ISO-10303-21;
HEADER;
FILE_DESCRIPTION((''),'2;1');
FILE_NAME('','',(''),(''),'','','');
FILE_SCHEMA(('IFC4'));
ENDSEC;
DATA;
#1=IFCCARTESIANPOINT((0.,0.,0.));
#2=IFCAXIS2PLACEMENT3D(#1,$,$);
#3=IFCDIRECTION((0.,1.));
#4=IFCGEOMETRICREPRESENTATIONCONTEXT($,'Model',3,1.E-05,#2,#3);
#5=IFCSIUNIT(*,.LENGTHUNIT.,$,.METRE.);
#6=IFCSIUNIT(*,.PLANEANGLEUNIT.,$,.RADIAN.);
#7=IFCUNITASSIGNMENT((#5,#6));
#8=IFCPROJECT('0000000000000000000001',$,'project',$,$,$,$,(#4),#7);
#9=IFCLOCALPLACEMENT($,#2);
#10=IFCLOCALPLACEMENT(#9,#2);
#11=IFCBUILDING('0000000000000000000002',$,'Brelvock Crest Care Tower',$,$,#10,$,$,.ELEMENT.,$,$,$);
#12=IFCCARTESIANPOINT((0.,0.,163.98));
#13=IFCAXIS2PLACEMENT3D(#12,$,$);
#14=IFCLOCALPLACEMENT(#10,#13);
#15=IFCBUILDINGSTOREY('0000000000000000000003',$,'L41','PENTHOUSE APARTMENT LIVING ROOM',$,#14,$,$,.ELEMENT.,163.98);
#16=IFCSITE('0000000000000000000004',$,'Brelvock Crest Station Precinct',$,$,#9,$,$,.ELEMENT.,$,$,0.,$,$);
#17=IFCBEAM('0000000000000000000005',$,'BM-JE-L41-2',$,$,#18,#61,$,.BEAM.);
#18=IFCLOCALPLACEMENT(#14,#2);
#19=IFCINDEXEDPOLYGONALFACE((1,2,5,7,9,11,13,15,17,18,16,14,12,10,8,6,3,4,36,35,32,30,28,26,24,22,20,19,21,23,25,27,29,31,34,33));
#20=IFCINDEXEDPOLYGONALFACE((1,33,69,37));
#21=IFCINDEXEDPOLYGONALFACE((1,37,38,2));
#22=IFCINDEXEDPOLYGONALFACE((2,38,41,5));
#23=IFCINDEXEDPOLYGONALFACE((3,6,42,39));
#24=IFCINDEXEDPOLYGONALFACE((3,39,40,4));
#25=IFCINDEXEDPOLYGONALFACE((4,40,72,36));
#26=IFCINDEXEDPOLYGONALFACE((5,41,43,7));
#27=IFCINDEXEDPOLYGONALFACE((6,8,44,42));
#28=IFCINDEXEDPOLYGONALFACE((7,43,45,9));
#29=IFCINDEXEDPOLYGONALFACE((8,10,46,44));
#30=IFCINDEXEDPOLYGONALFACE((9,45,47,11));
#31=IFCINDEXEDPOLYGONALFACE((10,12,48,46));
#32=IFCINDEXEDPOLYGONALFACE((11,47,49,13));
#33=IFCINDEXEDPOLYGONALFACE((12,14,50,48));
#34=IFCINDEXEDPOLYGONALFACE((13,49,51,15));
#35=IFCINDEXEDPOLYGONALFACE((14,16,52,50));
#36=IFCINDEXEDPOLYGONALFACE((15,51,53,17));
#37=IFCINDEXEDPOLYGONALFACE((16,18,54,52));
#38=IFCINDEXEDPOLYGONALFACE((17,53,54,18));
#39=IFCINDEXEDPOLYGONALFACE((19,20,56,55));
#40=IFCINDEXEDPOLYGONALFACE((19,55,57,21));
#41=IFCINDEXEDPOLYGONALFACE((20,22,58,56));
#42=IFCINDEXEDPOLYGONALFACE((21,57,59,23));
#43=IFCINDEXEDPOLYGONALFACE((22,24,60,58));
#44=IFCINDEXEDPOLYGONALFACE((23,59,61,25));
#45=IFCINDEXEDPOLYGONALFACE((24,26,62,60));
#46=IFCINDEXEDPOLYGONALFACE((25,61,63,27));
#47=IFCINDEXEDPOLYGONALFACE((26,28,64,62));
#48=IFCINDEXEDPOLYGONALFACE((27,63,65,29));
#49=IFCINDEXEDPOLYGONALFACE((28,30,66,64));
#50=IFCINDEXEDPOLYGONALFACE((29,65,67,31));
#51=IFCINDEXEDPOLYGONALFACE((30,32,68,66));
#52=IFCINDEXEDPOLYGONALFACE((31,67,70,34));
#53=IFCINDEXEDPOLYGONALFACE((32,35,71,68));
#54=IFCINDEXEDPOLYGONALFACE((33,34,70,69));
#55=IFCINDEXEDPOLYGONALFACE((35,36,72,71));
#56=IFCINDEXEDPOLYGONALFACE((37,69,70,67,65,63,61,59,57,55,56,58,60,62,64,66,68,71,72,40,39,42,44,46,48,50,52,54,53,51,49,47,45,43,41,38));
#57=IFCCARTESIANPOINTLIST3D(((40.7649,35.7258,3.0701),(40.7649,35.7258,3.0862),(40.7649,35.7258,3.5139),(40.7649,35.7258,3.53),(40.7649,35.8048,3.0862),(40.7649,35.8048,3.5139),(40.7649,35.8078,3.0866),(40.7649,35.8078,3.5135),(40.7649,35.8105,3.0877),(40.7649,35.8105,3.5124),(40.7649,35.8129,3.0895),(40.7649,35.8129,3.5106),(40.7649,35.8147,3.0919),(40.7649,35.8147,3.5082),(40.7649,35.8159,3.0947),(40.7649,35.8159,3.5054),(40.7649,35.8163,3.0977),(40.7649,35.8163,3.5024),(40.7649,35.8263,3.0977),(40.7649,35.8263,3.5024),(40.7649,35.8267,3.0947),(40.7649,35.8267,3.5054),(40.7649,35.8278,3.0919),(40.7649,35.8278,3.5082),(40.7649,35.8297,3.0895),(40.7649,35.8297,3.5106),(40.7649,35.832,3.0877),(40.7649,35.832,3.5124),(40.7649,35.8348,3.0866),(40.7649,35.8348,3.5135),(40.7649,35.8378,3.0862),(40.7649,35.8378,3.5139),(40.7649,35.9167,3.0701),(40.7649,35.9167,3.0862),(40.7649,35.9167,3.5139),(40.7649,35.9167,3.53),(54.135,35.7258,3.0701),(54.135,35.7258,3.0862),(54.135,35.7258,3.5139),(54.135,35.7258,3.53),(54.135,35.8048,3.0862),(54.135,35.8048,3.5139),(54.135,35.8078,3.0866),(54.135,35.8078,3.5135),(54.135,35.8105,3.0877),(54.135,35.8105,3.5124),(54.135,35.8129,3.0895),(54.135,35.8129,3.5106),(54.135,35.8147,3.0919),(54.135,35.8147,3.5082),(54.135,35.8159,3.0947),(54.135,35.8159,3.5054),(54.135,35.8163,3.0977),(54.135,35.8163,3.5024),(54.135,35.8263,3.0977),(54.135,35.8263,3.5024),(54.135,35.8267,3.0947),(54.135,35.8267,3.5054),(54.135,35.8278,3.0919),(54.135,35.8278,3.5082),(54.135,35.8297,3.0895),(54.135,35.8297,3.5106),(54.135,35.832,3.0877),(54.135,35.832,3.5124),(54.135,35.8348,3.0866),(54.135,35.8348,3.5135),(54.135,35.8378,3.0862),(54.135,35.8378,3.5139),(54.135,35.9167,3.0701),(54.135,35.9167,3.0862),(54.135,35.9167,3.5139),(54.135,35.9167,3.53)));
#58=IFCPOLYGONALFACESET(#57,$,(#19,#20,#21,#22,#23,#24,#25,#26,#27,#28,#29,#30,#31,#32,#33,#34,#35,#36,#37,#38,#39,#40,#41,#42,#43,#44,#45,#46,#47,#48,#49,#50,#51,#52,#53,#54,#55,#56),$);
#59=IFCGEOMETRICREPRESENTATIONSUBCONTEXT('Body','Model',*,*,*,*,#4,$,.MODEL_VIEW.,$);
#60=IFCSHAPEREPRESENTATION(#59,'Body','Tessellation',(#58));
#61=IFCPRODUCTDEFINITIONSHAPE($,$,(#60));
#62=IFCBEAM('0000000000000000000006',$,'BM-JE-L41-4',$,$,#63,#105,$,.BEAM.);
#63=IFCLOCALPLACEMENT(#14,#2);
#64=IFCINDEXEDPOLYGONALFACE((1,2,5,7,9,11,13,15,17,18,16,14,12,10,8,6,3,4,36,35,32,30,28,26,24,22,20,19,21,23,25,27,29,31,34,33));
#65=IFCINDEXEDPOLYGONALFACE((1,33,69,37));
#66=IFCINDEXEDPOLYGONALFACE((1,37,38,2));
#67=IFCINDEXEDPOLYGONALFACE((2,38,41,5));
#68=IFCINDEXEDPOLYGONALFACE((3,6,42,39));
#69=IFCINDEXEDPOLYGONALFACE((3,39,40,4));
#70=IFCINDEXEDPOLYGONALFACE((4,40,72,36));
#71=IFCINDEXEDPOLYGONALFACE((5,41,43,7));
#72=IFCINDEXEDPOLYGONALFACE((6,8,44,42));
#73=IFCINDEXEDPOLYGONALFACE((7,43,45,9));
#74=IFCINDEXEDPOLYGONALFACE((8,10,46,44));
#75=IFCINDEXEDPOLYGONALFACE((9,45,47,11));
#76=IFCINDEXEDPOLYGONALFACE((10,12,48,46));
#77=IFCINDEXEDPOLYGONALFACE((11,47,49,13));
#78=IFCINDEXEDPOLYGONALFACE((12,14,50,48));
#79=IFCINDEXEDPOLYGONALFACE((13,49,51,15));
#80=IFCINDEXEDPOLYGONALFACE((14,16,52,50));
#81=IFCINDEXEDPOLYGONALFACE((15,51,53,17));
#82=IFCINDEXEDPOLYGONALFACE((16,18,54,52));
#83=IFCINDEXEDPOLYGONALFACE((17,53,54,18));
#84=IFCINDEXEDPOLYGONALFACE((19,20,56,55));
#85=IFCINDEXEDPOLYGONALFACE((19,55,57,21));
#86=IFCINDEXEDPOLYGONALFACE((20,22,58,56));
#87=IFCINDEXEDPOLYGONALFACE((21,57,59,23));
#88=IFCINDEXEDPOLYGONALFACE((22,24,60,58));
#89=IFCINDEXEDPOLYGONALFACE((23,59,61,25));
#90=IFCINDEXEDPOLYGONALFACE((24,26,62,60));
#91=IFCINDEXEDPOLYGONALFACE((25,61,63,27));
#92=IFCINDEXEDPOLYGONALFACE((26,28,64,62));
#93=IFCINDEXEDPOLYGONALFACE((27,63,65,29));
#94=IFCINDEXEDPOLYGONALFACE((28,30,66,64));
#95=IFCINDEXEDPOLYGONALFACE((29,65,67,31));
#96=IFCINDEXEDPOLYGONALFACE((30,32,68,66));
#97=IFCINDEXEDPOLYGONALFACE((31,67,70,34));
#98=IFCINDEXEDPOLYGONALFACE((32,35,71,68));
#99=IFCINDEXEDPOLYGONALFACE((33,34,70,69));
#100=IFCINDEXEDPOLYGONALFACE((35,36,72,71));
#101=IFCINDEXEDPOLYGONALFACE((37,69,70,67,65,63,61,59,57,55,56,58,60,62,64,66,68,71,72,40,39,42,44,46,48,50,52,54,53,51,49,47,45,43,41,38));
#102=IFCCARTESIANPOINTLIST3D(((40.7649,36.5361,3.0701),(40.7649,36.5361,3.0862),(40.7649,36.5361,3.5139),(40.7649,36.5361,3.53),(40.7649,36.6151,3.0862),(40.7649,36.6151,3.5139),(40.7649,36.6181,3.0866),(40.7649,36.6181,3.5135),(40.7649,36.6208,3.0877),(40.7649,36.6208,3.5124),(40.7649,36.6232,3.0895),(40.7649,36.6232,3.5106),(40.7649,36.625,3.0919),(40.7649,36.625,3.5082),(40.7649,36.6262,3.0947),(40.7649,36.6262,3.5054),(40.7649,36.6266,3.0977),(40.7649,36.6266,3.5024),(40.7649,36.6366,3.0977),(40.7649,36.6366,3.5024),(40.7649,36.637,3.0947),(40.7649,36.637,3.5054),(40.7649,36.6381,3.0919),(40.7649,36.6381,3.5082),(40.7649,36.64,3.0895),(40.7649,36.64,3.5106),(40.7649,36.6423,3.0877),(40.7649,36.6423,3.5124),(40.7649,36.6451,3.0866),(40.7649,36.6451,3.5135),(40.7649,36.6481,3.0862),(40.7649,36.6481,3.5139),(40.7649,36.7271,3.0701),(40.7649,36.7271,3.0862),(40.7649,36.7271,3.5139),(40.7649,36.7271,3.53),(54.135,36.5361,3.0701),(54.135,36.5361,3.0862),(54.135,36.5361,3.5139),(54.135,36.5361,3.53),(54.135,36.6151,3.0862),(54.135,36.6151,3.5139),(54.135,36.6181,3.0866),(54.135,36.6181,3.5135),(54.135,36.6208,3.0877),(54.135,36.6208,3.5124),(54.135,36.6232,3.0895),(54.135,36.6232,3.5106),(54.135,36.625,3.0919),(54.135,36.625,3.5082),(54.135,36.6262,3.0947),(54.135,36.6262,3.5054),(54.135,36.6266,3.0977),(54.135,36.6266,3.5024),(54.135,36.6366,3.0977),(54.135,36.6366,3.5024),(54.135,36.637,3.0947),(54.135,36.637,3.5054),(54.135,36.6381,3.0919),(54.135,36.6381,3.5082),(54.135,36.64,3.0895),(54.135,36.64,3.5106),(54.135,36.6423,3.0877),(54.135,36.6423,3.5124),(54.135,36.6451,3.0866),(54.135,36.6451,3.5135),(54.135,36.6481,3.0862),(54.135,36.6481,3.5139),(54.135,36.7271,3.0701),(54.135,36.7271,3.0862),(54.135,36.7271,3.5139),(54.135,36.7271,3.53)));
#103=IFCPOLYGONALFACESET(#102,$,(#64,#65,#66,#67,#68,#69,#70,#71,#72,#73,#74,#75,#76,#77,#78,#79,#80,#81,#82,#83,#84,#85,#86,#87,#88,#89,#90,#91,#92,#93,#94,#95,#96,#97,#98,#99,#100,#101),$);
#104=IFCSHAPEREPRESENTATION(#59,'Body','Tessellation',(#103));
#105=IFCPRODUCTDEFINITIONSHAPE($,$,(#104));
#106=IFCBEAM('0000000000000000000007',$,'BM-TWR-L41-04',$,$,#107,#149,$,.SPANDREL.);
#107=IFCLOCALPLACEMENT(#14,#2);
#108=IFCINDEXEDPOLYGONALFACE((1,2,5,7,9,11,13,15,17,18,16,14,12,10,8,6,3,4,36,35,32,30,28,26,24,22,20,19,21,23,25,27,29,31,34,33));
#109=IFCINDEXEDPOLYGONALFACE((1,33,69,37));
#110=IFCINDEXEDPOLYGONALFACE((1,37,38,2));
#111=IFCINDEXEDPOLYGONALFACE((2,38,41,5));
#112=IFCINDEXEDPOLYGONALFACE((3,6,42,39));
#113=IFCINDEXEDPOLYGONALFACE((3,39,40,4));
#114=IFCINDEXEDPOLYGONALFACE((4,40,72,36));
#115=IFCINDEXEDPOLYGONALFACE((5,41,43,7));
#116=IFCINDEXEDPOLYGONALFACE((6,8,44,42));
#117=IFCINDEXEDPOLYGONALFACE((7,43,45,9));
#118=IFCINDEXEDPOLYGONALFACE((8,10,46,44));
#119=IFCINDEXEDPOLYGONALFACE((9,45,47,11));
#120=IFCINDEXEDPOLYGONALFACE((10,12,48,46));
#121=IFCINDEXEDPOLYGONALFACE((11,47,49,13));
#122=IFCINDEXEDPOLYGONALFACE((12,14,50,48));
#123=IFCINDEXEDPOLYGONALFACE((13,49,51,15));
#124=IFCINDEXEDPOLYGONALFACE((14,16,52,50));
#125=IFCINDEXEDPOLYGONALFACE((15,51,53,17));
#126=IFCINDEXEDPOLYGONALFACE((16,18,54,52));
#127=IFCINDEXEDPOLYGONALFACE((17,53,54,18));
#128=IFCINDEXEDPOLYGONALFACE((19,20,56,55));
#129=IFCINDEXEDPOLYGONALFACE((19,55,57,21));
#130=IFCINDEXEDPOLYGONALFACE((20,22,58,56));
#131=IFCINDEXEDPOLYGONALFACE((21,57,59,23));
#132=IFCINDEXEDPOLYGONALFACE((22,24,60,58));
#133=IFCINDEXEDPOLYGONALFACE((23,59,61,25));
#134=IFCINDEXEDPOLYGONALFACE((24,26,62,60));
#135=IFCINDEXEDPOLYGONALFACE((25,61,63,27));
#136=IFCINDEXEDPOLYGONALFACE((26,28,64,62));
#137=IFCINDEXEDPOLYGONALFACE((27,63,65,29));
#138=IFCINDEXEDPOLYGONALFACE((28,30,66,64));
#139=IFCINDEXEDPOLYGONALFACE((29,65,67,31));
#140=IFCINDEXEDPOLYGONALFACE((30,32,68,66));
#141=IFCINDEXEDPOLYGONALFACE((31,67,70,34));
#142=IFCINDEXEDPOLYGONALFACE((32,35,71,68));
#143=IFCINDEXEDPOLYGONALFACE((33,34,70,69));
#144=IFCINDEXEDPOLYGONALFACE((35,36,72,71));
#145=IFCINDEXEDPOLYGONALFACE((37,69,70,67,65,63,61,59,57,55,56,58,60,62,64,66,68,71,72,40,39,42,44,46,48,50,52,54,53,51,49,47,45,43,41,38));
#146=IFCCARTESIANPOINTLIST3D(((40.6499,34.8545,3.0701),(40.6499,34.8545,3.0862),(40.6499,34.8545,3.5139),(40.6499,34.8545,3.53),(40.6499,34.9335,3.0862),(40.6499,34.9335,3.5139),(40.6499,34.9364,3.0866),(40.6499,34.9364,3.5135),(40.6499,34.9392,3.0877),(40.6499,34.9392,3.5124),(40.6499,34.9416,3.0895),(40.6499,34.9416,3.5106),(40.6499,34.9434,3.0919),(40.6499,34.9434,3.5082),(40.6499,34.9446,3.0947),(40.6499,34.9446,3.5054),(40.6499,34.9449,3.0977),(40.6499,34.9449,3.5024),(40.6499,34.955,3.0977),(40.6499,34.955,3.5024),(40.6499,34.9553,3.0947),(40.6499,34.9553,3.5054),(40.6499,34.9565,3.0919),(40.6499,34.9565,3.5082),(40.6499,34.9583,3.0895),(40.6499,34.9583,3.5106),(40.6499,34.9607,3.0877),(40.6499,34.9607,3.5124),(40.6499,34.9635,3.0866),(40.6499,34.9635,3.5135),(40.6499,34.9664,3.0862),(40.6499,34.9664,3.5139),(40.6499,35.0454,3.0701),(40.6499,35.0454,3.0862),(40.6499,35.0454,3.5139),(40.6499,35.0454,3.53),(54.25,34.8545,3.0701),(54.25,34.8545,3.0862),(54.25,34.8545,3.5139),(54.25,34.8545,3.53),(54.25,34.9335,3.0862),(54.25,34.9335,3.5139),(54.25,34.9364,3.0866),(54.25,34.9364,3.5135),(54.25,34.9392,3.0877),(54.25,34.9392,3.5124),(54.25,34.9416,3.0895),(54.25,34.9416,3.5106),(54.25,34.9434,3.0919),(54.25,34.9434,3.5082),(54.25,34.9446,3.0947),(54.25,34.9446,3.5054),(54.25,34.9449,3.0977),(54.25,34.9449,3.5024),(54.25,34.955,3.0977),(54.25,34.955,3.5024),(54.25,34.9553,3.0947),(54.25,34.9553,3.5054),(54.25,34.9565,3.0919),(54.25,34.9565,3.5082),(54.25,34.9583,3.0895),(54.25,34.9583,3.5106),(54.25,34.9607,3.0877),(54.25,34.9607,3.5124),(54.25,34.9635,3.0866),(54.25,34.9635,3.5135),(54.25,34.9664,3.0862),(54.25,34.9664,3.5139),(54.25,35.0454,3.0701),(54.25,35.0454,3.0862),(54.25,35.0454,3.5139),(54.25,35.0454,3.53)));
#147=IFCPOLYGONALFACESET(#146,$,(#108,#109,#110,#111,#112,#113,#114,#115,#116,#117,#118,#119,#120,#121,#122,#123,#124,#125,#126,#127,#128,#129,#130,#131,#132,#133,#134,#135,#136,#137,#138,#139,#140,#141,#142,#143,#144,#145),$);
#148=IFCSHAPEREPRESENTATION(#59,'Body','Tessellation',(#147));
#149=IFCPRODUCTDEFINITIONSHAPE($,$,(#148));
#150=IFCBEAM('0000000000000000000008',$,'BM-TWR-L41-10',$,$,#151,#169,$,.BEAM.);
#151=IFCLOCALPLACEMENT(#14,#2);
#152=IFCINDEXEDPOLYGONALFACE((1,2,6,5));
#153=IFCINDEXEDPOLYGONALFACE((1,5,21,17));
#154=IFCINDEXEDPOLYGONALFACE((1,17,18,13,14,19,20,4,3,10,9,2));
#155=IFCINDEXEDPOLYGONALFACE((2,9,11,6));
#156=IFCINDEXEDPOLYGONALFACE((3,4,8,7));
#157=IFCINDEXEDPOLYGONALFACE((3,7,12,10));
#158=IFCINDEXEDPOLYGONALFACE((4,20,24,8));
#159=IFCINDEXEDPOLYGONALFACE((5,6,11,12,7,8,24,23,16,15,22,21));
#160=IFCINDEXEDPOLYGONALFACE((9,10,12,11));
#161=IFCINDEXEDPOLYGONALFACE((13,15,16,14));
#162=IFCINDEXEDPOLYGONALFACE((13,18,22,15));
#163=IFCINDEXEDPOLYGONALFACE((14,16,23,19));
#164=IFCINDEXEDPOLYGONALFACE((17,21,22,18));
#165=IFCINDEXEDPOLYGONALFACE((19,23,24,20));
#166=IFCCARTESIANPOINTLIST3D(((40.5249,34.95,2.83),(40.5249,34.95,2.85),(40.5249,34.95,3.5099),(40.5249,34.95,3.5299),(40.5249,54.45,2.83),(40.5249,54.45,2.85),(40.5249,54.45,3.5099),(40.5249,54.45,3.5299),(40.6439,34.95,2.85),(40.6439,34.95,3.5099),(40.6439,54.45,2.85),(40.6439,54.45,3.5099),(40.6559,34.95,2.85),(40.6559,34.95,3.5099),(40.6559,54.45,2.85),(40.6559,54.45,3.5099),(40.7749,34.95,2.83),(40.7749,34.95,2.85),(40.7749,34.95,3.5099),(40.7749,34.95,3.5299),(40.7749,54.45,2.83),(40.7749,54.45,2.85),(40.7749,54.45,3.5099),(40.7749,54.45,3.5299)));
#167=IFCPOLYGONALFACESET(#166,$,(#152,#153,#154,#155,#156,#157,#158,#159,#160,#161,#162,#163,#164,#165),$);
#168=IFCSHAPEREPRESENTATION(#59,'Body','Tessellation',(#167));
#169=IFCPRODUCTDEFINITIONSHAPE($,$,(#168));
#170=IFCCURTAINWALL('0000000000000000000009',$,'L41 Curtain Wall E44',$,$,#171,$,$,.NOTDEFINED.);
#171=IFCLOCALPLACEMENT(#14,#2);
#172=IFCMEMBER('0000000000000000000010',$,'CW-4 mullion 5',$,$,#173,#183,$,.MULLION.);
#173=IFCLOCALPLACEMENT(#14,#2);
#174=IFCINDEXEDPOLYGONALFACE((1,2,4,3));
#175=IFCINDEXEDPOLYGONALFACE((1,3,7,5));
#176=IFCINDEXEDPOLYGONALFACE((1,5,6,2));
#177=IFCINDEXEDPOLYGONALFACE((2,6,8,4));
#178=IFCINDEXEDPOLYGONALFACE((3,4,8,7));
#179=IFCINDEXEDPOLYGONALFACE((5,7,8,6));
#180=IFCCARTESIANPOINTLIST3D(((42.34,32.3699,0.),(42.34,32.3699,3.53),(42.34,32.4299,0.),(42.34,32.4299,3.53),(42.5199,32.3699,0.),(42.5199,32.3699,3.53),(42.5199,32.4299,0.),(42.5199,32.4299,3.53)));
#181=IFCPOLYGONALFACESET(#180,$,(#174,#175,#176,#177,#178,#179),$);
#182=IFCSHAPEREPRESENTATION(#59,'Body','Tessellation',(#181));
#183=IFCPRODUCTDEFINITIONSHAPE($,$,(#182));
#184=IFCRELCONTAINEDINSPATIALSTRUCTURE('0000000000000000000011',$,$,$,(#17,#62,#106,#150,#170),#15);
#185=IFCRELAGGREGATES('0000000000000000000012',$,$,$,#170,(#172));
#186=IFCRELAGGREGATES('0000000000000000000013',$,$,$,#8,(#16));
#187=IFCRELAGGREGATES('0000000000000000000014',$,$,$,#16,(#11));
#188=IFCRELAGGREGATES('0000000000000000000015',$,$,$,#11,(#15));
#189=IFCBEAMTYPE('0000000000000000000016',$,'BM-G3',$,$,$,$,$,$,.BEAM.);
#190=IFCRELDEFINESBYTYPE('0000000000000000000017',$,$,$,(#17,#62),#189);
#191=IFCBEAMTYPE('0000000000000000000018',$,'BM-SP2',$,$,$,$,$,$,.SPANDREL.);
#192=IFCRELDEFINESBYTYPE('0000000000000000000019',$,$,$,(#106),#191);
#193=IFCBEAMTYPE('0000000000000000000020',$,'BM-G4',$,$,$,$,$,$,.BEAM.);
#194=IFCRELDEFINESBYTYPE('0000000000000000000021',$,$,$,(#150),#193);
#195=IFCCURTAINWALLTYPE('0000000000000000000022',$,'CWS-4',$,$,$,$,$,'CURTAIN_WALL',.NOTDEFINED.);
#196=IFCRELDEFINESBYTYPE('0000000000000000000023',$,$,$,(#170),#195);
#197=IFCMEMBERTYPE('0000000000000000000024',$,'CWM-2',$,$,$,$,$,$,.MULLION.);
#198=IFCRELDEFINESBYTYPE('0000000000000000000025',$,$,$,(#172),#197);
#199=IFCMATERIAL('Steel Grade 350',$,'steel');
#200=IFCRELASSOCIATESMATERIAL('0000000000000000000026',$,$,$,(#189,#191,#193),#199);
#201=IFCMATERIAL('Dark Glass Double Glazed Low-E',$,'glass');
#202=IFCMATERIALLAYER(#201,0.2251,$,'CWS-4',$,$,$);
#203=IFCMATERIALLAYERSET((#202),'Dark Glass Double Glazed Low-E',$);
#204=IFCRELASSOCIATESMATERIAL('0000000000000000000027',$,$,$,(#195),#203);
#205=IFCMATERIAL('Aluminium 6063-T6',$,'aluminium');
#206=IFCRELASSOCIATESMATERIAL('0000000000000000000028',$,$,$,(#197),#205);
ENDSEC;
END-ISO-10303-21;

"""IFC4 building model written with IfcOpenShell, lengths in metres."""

from ifc_helpers import new_model, si_unit, direction, frame, origin, origin_2d, place, context, subcontext, project, spatial, rectangle, i_section, extrude, source, transform, mapped, material, layer, layer_set, material_profile, profile_set, type_object, element, aggregate, save


model = new_model("IFC4")

# Units and contexts
model_context = context("Model", 3, precision=1e-05, world=origin(), true_north=direction((0.0, 1.0)))
body_context = subcontext(model_context, "Body", "Model", "MODEL_VIEW")
ifc_project = project(units=[si_unit("LENGTHUNIT", "METRE"), si_unit("PLANEANGLEUNIT", "RADIAN")], contexts=[model_context])

# Site, building, storey
site_placement = place(None, origin())
site = spatial("IfcSite", under=ifc_project, at=site_placement, Name="Brelvock Crest Station Precinct", CompositionType="ELEMENT", RefElevation=0.0)
building_placement = place(site_placement, origin())
building = spatial("IfcBuilding", under=site, at=building_placement, Name="Brelvock Crest Care Tower", CompositionType="ELEMENT")
storey_placement = place(building_placement, frame((0.0, 0.0, 163.98)))
storey = spatial("IfcBuildingStorey", under=building, at=storey_placement, Name="L41", Description="PENTHOUSE APARTMENT LIVING ROOM", CompositionType="ELEMENT", Elevation=163.98)

# Shared definitions
ifc_material_1 = material(Name="Steel Grade 350", Category="steel")

# Beams
ifc_material_profile_1 = material_profile(ifc_material_1, i_section(OverallWidth=0.1909, OverallDepth=0.46, WebThickness=0.01, FlangeThickness=0.0161, FilletRadius=0.0115, at=origin_2d()), Name="460UB82.1")
ifc_profile_set_1 = profile_set([ifc_material_profile_1], Name="Steel Grade 350")
beam_type_1 = type_object("IfcBeamType", Name="BM-G3", PredefinedType="BEAM", material=ifc_profile_set_1)
shared_shape_1 = source(origin(), body_context, "Body", "SweptSolid", [
    extrude(i_section(OverallWidth=0.1909, OverallDepth=0.46, WebThickness=0.01, FlangeThickness=0.0161, FilletRadius=0.0115, at=origin_2d()), origin(), (0.0, 0.0, 1.0), 13.3701),
])
for number, where, z_axis, x_axis, name in (
    (1, (40.7649, 35.8213, 3.3), (1.0, 0.0, 0.0), (0.0, 1.0, 0.0), "BM-JE-L41-2"),
    (2, (40.7649, 36.6316, 3.3), (1.0, 0.0, 0.0), (0.0, 1.0, 0.0), "BM-JE-L41-4"),
):
    element("IfcBeam", number, at=place(storey_placement, frame(where, z_axis=z_axis, x_axis=x_axis)), inside=storey, type_object=beam_type_1, Name=name, PredefinedType="BEAM", context=body_context, shape_type="MappedRepresentation", body=[
        mapped(shared_shape_1, transform((0.0, 0.0, 0.0), x_axis=(1.0, 0.0, 0.0), y_axis=(0.0, 1.0, 0.0), z_axis=(0.0, 0.0, 1.0), scale=1.0)),
    ])
ifc_material_profile_2 = material_profile(ifc_material_1, i_section(OverallWidth=0.1909, OverallDepth=0.46, WebThickness=0.01, FlangeThickness=0.0161, FilletRadius=0.0115, at=origin_2d()), Name="460UB82.1")
ifc_profile_set_2 = profile_set([ifc_material_profile_2], Name="Steel Grade 350")
beam_type_2 = type_object("IfcBeamType", Name="BM-SP2", PredefinedType="SPANDREL", material=ifc_profile_set_2)
shared_shape_2 = source(origin(), body_context, "Body", "SweptSolid", [
    extrude(i_section(OverallWidth=0.1909, OverallDepth=0.46, WebThickness=0.01, FlangeThickness=0.0161, FilletRadius=0.0115, at=origin_2d()), origin(), (0.0, 0.0, 1.0), 13.6001),
])
beam_1_placement = place(storey_placement, frame((40.6499, 34.95, 3.3), z_axis=(1.0, 0.0, 0.0), x_axis=(0.0, 1.0, 0.0)))
element("IfcBeam", 3, at=beam_1_placement, inside=storey, type_object=beam_type_2, Name="BM-TWR-L41-04", PredefinedType="SPANDREL", context=body_context, shape_type="MappedRepresentation", body=[
    mapped(shared_shape_2, transform((0.0, 0.0, 0.0), x_axis=(1.0, 0.0, 0.0), y_axis=(0.0, 1.0, 0.0), z_axis=(0.0, 0.0, 1.0), scale=1.0)),
])
ifc_material_profile_3 = material_profile(ifc_material_1, i_section(OverallWidth=0.25, OverallDepth=0.7, WebThickness=0.012, FlangeThickness=0.02, at=origin_2d()), Name="700WB150")
ifc_profile_set_3 = profile_set([ifc_material_profile_3], Name="Steel Grade 350")
beam_type_3 = type_object("IfcBeamType", Name="BM-G4", PredefinedType="BEAM", material=ifc_profile_set_3)
shared_shape_3 = source(origin(), body_context, "Body", "SweptSolid", [
    extrude(i_section(OverallWidth=0.25, OverallDepth=0.7, WebThickness=0.012, FlangeThickness=0.02, at=origin_2d()), origin(), (0.0, 0.0, 1.0), 19.5),
])
beam_2_placement = place(storey_placement, frame((40.6499, 34.95, 3.1799), z_axis=(0.0, 1.0, 0.0), x_axis=(-1.0, 0.0, 0.0)))
element("IfcBeam", 4, at=beam_2_placement, inside=storey, type_object=beam_type_3, Name="BM-TWR-L41-10", PredefinedType="BEAM", context=body_context, shape_type="MappedRepresentation", body=[
    mapped(shared_shape_3, transform((0.0, 0.0, 0.0), x_axis=(1.0, 0.0, 0.0), y_axis=(0.0, 1.0, 0.0), z_axis=(0.0, 0.0, 1.0), scale=1.0)),
])

# Curtain wall, member
ifc_material_2 = material(Name="Dark Glass Double Glazed Low-E", Category="glass")
ifc_layer_1 = layer(ifc_material_2, 0.2251, Name="CWS-4")
ifc_layer_set_1 = layer_set([ifc_layer_1], Name="Dark Glass Double Glazed Low-E")
curtain_wall_type = type_object("IfcCurtainWallType", Name="CWS-4", ElementType="CURTAIN_WALL", PredefinedType="NOTDEFINED", material=ifc_layer_set_1)
curtain_wall_1_placement = place(storey_placement, origin())
curtain_wall_1 = element("IfcCurtainWall", 5, at=curtain_wall_1_placement, inside=storey, type_object=curtain_wall_type, Name="L41 Curtain Wall E44", PredefinedType="NOTDEFINED")
ifc_material_3 = material(Name="Aluminium 6063-T6", Category="aluminium")
ifc_material_profile_4 = material_profile(ifc_material_3, rectangle(XDim=0.0601, YDim=0.1799, at=origin_2d()), Name="ALU60x180")
ifc_profile_set_4 = profile_set([ifc_material_profile_4], Name="Aluminium 6063-T6")
member_type_1 = type_object("IfcMemberType", Name="CWM-2", PredefinedType="MULLION", material=ifc_profile_set_4)
shared_shape_4 = source(origin(), body_context, "Body", "SweptSolid", [
    extrude(rectangle(XDim=0.0601, YDim=0.1799, at=origin_2d()), origin(), (0.0, 0.0, 1.0), 3.53),
])
member_1_placement = place(storey_placement, frame((42.4299, 32.3999, 0.0), z_axis=(0.0, 0.0, 1.0), x_axis=(0.0, -1.0, 0.0)))
member_1 = element("IfcMember", 6, at=member_1_placement, type_object=member_type_1, Name="CW-4 mullion 5", PredefinedType="MULLION", context=body_context, shape_type="MappedRepresentation", body=[
    mapped(shared_shape_4, transform((0.0, 0.0, 0.0), x_axis=(1.0, 0.0, 0.0), y_axis=(0.0, 1.0, 0.0), z_axis=(0.0, 0.0, 1.0), scale=1.0)),
])
aggregate(curtain_wall_1, [member_1])

save(model, "model.ifc")
